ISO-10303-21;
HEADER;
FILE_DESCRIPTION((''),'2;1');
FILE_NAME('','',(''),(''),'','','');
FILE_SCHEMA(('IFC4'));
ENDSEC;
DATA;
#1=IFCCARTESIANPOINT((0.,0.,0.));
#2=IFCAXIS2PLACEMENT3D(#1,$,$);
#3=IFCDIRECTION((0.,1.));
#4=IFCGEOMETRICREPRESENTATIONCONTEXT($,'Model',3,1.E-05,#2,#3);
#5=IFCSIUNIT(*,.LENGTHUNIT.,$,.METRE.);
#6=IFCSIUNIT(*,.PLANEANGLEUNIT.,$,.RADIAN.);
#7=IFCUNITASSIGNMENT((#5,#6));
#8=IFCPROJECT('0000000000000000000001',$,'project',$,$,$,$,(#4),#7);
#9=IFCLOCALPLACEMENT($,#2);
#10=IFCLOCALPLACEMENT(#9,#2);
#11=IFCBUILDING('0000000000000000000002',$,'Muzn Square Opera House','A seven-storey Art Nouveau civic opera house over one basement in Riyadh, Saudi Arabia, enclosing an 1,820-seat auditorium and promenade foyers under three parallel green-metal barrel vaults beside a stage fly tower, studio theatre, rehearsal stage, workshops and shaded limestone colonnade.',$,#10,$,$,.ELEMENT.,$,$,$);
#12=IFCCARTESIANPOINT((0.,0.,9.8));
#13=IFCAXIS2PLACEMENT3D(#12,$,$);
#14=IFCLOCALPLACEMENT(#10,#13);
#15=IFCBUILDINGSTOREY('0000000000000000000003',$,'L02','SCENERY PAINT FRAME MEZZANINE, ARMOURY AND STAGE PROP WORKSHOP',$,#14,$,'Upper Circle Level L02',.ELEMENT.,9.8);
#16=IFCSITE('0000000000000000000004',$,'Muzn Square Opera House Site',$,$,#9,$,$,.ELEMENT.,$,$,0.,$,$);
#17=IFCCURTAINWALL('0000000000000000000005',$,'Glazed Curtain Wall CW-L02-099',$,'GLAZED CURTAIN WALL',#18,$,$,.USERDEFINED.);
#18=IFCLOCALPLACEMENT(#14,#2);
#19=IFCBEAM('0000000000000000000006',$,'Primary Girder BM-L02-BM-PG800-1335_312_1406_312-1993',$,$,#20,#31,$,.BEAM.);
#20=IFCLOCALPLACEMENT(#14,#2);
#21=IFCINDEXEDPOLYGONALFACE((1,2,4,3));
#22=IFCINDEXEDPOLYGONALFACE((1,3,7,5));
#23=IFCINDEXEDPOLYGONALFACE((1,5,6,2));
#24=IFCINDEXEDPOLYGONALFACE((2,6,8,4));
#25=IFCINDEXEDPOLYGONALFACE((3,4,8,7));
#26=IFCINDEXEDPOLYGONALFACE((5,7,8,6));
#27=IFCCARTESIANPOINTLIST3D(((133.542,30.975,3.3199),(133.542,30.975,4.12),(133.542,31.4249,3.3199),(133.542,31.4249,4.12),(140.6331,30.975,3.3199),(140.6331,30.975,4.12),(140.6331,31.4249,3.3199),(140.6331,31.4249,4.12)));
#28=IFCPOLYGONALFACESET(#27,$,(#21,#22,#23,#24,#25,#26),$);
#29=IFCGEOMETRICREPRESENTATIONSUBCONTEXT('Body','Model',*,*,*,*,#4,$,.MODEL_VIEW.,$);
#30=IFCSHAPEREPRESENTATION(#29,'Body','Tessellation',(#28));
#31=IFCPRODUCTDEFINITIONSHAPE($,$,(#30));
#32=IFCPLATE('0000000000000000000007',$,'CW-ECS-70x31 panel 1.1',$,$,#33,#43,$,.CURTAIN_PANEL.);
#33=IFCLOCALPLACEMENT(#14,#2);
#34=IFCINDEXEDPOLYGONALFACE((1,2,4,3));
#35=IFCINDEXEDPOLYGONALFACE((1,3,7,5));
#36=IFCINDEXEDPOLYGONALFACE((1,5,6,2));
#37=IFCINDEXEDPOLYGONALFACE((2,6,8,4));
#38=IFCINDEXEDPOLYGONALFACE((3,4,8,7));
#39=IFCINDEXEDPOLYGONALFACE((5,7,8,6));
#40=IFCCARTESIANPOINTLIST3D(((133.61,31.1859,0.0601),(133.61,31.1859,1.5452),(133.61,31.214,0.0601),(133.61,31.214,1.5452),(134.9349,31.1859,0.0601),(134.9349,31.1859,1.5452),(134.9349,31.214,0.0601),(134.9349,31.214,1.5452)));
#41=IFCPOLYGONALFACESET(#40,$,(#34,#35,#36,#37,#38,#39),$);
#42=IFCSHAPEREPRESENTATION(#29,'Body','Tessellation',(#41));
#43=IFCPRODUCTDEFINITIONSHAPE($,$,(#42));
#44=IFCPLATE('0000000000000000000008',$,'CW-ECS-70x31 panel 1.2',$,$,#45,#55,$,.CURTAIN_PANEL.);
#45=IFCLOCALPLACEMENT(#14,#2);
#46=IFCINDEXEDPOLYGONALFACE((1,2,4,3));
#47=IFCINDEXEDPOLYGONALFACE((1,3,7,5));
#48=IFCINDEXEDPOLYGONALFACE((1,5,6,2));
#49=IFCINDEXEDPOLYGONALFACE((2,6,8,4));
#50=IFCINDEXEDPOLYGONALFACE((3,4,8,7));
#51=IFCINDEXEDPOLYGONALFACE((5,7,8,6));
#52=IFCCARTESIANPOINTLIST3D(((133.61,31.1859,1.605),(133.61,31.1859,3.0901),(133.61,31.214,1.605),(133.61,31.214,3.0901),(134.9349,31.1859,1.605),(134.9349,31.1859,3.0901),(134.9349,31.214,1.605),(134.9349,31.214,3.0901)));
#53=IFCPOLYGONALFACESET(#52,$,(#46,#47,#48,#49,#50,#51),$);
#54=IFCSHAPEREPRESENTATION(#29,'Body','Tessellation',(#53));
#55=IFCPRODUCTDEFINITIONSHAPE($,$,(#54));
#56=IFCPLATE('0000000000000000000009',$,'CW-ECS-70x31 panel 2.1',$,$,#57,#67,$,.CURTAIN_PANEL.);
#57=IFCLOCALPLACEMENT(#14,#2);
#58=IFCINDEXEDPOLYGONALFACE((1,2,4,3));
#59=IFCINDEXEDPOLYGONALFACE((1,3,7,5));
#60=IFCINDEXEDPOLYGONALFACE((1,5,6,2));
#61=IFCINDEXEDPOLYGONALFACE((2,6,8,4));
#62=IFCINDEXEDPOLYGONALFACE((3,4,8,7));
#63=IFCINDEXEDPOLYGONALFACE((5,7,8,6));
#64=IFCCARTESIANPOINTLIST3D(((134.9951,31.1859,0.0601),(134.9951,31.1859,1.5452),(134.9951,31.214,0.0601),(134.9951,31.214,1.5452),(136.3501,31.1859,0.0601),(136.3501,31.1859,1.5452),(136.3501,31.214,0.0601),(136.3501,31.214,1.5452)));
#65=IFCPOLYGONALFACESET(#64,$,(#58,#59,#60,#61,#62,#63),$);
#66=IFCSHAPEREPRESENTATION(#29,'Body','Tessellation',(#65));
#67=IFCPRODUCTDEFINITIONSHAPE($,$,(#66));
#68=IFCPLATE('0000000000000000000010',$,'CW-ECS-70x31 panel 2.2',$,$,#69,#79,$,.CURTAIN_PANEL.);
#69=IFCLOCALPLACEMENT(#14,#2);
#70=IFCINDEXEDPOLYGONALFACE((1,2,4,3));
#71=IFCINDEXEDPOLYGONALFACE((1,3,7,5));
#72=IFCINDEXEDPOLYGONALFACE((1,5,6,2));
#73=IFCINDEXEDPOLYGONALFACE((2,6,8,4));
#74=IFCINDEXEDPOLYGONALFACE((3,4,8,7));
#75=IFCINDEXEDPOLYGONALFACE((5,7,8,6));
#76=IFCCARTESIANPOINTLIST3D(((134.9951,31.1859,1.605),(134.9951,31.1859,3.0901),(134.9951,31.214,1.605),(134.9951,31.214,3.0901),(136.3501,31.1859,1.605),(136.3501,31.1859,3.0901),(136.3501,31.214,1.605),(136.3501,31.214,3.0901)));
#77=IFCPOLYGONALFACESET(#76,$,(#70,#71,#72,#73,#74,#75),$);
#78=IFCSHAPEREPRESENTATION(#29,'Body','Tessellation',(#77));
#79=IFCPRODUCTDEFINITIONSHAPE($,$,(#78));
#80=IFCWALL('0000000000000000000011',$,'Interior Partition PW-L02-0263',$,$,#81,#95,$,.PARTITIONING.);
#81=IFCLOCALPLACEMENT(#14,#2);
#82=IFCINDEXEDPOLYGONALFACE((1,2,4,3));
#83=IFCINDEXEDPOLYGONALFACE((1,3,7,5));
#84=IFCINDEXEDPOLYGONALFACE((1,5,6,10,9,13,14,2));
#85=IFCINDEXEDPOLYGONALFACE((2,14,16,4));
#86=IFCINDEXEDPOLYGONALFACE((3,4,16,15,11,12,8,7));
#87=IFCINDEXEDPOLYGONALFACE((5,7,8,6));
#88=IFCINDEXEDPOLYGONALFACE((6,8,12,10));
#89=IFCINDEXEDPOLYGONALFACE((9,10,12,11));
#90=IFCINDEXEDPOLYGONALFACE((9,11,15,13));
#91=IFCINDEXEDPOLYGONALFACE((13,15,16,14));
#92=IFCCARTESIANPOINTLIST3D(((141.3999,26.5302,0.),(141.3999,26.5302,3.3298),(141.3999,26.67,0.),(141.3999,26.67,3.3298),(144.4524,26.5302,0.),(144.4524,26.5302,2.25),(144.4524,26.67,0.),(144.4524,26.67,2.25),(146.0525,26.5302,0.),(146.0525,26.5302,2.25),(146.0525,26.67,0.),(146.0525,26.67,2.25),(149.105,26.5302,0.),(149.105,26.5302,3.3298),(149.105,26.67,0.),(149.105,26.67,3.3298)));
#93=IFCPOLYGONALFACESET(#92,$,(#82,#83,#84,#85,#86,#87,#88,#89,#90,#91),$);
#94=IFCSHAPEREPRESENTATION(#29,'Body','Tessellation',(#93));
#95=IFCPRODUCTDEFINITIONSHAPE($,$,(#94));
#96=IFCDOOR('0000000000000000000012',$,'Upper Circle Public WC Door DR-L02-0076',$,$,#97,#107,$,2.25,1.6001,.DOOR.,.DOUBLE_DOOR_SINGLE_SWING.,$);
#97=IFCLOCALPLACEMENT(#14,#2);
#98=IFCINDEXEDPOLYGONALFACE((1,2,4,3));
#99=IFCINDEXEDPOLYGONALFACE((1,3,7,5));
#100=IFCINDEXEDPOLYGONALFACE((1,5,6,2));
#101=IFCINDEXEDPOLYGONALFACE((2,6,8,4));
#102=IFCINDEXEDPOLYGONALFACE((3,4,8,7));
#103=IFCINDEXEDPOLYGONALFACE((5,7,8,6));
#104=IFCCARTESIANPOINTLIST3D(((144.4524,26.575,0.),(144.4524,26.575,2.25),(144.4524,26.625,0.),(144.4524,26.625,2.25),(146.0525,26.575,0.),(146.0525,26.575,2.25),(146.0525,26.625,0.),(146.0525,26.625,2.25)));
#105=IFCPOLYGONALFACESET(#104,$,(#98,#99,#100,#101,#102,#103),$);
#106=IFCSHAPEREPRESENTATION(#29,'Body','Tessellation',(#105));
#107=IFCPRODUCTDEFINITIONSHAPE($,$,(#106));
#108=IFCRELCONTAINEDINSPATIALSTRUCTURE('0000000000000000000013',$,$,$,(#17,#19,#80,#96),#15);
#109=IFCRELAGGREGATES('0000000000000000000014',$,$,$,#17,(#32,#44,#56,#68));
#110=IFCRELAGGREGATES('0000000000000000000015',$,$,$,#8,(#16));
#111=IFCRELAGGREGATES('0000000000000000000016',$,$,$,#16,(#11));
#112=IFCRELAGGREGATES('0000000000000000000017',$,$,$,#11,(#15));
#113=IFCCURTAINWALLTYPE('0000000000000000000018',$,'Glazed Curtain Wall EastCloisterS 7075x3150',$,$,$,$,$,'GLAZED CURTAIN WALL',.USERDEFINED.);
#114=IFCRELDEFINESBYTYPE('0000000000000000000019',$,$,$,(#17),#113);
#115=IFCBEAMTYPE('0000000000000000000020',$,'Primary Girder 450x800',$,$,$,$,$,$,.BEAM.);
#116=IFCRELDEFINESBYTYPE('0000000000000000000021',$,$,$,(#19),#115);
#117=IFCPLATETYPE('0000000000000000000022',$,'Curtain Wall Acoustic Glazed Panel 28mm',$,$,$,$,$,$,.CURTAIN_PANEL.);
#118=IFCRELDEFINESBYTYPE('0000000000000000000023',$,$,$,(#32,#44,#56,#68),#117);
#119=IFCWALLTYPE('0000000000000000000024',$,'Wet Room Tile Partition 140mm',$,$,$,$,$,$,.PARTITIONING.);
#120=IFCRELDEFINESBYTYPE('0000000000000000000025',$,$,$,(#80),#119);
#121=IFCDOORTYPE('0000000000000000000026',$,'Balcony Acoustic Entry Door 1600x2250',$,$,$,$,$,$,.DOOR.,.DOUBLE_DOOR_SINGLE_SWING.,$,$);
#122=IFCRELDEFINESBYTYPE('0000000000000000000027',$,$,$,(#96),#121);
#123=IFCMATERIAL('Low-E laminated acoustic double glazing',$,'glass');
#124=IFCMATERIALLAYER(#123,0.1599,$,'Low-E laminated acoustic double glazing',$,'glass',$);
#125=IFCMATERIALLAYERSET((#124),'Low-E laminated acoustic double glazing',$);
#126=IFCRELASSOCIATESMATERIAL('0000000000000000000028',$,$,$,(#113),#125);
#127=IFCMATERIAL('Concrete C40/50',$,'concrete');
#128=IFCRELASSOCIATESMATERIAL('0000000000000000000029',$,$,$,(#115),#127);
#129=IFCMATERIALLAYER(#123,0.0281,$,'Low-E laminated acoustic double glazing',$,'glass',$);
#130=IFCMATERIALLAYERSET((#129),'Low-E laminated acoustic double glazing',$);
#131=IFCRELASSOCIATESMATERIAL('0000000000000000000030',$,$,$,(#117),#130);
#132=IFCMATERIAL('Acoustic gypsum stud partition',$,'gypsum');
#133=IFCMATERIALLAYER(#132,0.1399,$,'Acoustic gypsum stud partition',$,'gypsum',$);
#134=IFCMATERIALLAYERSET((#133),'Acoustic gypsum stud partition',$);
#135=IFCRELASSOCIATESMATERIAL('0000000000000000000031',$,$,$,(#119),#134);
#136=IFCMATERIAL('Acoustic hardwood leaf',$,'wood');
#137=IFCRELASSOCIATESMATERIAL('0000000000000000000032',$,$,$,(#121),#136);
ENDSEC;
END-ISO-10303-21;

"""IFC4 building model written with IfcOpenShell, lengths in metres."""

from ifc_helpers import new_model, si_unit, direction, frame, frame_2d, origin, origin_2d, place, context, subcontext, project, spatial, rectangle, extrude, material, layer, layer_set, material_profile, profile_set, type_object, element, fill, aggregate, save


model = new_model("IFC4")

# Units and contexts
model_context = context("Model", 3, precision=1e-05, world=origin(), true_north=direction((0.0, 1.0)))
body_context = subcontext(model_context, "Body", "Model", "MODEL_VIEW")
ifc_project = project(units=[si_unit("LENGTHUNIT", "METRE"), si_unit("PLANEANGLEUNIT", "RADIAN")], contexts=[model_context])

# Site, building, storey
site_placement = place(None, origin())
site = spatial("IfcSite", under=ifc_project, at=site_placement, Name="Muzn Square Opera House Site", CompositionType="ELEMENT", RefElevation=0.0)
building_placement = place(site_placement, origin())
building = spatial("IfcBuilding", under=site, at=building_placement, Name="Muzn Square Opera House", Description="A seven-storey Art Nouveau civic opera house over one basement in Riyadh, Saudi Arabia, enclosing an 1,820-seat auditorium and promenade foyers under three parallel green-metal barrel vaults beside a stage fly tower, studio theatre, rehearsal stage, workshops and shaded limestone colonnade.", CompositionType="ELEMENT")
storey_placement = place(building_placement, frame((0.0, 0.0, 9.8)))
storey = spatial("IfcBuildingStorey", under=building, at=storey_placement, Name="L02", Description="SCENERY PAINT FRAME MEZZANINE, ARMOURY AND STAGE PROP WORKSHOP", LongName="Upper Circle Level L02", CompositionType="ELEMENT", Elevation=9.8)

# Curtain wall
ifc_material_1 = material(Name="Low-E laminated acoustic double glazing", Category="glass")
ifc_layer_1 = layer(ifc_material_1, 0.1599, Name="Low-E laminated acoustic double glazing", Category="glass")
ifc_layer_set_1 = layer_set([ifc_layer_1], Name="Low-E laminated acoustic double glazing")
curtain_wall_type = type_object("IfcCurtainWallType", Name="Glazed Curtain Wall EastCloisterS 7075x3150", ElementType="GLAZED CURTAIN WALL", PredefinedType="USERDEFINED", material=ifc_layer_set_1)
curtain_wall_placement = place(storey_placement, origin())
curtain_wall = element("IfcCurtainWall", 1, at=curtain_wall_placement, inside=storey, type_object=curtain_wall_type, Name="Glazed Curtain Wall CW-L02-099", ObjectType="GLAZED CURTAIN WALL", PredefinedType="USERDEFINED")

# Beam
ifc_material_2 = material(Name="Concrete C40/50", Category="concrete")
ifc_material_profile_1 = material_profile(ifc_material_2, rectangle(XDim=0.45, YDim=0.8, at=origin_2d()), Name="RCB 450x800", Category="concrete")
ifc_profile_set_1 = profile_set([ifc_material_profile_1], Name="Concrete C40/50")
beam_type_1 = type_object("IfcBeamType", Name="Primary Girder 450x800", PredefinedType="BEAM", material=ifc_profile_set_1)
beam_1_placement = place(storey_placement, frame((133.542, 31.2, 3.72), z_axis=(1.0, 0.0, 0.0), x_axis=(0.0, 1.0, 0.0)))
element("IfcBeam", 2, at=beam_1_placement, inside=storey, type_object=beam_type_1, Name="Primary Girder BM-L02-BM-PG800-1335_312_1406_312-1993", PredefinedType="BEAM", context=body_context, shape_type="SweptSolid", body=[
    extrude(rectangle(XDim=0.45, YDim=0.8, at=origin_2d()), origin(), (0.0, 0.0, 1.0), 7.0911),
])

# Plates
ifc_layer_2 = layer(ifc_material_1, 0.0281, Name="Low-E laminated acoustic double glazing", Category="glass")
ifc_layer_set_2 = layer_set([ifc_layer_2], Name="Low-E laminated acoustic double glazing")
plate_type = type_object("IfcPlateType", Name="Curtain Wall Acoustic Glazed Panel 28mm", PredefinedType="CURTAIN_PANEL", material=ifc_layer_set_2)
plate_1_placement = place(storey_placement, frame((134.2725, 31.2, 0.0601), z_axis=(0.0, 0.0, 1.0), x_axis=(1.0, 0.0, 0.0)))
plate_1 = element("IfcPlate", 3, at=plate_1_placement, type_object=plate_type, Name="CW-ECS-70x31 panel 1.1", PredefinedType="CURTAIN_PANEL", context=body_context, shape_type="SweptSolid", body=[
    extrude(rectangle(XDim=1.325, YDim=0.0281, at=origin_2d()), origin(), (0.0, 0.0, 1.0), 1.4851),
])
plate_2_placement = place(storey_placement, frame((134.2725, 31.2, 1.605), z_axis=(0.0, 0.0, 1.0), x_axis=(1.0, 0.0, 0.0)))
plate_2 = element("IfcPlate", 4, at=plate_2_placement, type_object=plate_type, Name="CW-ECS-70x31 panel 1.2", PredefinedType="CURTAIN_PANEL", context=body_context, shape_type="SweptSolid", body=[
    extrude(rectangle(XDim=1.325, YDim=0.0281, at=origin_2d()), origin(), (0.0, 0.0, 1.0), 1.4851),
])
plate_3_placement = place(storey_placement, frame((135.6726, 31.2, 0.0601), z_axis=(0.0, 0.0, 1.0), x_axis=(1.0, 0.0, 0.0)))
plate_3 = element("IfcPlate", 5, at=plate_3_placement, type_object=plate_type, Name="CW-ECS-70x31 panel 2.1", PredefinedType="CURTAIN_PANEL", context=body_context, shape_type="SweptSolid", body=[
    extrude(rectangle(XDim=1.355, YDim=0.0281, at=origin_2d()), origin(), (0.0, 0.0, 1.0), 1.4851),
])
plate_4_placement = place(storey_placement, frame((135.6726, 31.2, 1.605), z_axis=(0.0, 0.0, 1.0), x_axis=(1.0, 0.0, 0.0)))
plate_4 = element("IfcPlate", 6, at=plate_4_placement, type_object=plate_type, Name="CW-ECS-70x31 panel 2.2", PredefinedType="CURTAIN_PANEL", context=body_context, shape_type="SweptSolid", body=[
    extrude(rectangle(XDim=1.355, YDim=0.0281, at=origin_2d()), origin(), (0.0, 0.0, 1.0), 1.4851),
])
aggregate(curtain_wall, [plate_1, plate_2, plate_3, plate_4])

# Wall, opening, door
ifc_material_3 = material(Name="Acoustic gypsum stud partition", Category="gypsum")
ifc_layer_3 = layer(ifc_material_3, 0.1399, Name="Acoustic gypsum stud partition", Category="gypsum")
ifc_layer_set_3 = layer_set([ifc_layer_3], Name="Acoustic gypsum stud partition")
wall_type = type_object("IfcWallType", Name="Wet Room Tile Partition 140mm", PredefinedType="PARTITIONING", material=ifc_layer_set_3)
wall_placement = place(storey_placement, frame((141.3999, 26.6001, 0.0), z_axis=(0.0, 0.0, 1.0), x_axis=(1.0, 0.0, 0.0)))
wall = element("IfcWall", 7, at=wall_placement, inside=storey, type_object=wall_type, Name="Interior Partition PW-L02-0263", PredefinedType="PARTITIONING", context=body_context, shape_type="SweptSolid", body=[
    extrude(rectangle(XDim=7.7051, YDim=0.1399, at=frame_2d((3.8525, 0.0))), origin(), (0.0, 0.0, 1.0), 3.3298),
])
opening_placement = place(wall_placement, frame((3.0525, 0.0, 0.0)))
opening = element("IfcOpeningElement", 8, at=opening_placement, cuts=wall, PredefinedType="OPENING", context=body_context, shape_type="SweptSolid", body=[
    extrude(rectangle(XDim=1.6001, YDim=2.25, at=frame_2d((0.8, 1.125))), frame((0.0, 0.0798, 0.0), z_axis=(0.0, -1.0, 0.0), x_axis=(1.0, 0.0, 0.0)), (0.0, 0.0, 1.0), 0.1599),
])
ifc_material_4 = material(Name="Acoustic hardwood leaf", Category="wood")
door_type = type_object("IfcDoorType", Name="Balcony Acoustic Entry Door 1600x2250", OperationType="DOUBLE_DOOR_SINGLE_SWING", PredefinedType="DOOR", material=ifc_material_4)
door_placement = place(opening_placement, origin())
door = element("IfcDoor", 9, at=door_placement, inside=storey, type_object=door_type, Name="Upper Circle Public WC Door DR-L02-0076", OperationType="DOUBLE_DOOR_SINGLE_SWING", OverallHeight=2.25, OverallWidth=1.6001, PredefinedType="DOOR", context=body_context, shape_type="SweptSolid", body=[
    extrude(rectangle(XDim=1.6001, YDim=2.25, at=frame_2d((0.8, 1.125))), frame((0.0, 0.0249, 0.0), z_axis=(0.0, -1.0, 0.0), x_axis=(1.0, 0.0, 0.0)), (0.0, 0.0, 1.0), 0.05),
])
fill(opening, door)

save(model, "model.ifc")
